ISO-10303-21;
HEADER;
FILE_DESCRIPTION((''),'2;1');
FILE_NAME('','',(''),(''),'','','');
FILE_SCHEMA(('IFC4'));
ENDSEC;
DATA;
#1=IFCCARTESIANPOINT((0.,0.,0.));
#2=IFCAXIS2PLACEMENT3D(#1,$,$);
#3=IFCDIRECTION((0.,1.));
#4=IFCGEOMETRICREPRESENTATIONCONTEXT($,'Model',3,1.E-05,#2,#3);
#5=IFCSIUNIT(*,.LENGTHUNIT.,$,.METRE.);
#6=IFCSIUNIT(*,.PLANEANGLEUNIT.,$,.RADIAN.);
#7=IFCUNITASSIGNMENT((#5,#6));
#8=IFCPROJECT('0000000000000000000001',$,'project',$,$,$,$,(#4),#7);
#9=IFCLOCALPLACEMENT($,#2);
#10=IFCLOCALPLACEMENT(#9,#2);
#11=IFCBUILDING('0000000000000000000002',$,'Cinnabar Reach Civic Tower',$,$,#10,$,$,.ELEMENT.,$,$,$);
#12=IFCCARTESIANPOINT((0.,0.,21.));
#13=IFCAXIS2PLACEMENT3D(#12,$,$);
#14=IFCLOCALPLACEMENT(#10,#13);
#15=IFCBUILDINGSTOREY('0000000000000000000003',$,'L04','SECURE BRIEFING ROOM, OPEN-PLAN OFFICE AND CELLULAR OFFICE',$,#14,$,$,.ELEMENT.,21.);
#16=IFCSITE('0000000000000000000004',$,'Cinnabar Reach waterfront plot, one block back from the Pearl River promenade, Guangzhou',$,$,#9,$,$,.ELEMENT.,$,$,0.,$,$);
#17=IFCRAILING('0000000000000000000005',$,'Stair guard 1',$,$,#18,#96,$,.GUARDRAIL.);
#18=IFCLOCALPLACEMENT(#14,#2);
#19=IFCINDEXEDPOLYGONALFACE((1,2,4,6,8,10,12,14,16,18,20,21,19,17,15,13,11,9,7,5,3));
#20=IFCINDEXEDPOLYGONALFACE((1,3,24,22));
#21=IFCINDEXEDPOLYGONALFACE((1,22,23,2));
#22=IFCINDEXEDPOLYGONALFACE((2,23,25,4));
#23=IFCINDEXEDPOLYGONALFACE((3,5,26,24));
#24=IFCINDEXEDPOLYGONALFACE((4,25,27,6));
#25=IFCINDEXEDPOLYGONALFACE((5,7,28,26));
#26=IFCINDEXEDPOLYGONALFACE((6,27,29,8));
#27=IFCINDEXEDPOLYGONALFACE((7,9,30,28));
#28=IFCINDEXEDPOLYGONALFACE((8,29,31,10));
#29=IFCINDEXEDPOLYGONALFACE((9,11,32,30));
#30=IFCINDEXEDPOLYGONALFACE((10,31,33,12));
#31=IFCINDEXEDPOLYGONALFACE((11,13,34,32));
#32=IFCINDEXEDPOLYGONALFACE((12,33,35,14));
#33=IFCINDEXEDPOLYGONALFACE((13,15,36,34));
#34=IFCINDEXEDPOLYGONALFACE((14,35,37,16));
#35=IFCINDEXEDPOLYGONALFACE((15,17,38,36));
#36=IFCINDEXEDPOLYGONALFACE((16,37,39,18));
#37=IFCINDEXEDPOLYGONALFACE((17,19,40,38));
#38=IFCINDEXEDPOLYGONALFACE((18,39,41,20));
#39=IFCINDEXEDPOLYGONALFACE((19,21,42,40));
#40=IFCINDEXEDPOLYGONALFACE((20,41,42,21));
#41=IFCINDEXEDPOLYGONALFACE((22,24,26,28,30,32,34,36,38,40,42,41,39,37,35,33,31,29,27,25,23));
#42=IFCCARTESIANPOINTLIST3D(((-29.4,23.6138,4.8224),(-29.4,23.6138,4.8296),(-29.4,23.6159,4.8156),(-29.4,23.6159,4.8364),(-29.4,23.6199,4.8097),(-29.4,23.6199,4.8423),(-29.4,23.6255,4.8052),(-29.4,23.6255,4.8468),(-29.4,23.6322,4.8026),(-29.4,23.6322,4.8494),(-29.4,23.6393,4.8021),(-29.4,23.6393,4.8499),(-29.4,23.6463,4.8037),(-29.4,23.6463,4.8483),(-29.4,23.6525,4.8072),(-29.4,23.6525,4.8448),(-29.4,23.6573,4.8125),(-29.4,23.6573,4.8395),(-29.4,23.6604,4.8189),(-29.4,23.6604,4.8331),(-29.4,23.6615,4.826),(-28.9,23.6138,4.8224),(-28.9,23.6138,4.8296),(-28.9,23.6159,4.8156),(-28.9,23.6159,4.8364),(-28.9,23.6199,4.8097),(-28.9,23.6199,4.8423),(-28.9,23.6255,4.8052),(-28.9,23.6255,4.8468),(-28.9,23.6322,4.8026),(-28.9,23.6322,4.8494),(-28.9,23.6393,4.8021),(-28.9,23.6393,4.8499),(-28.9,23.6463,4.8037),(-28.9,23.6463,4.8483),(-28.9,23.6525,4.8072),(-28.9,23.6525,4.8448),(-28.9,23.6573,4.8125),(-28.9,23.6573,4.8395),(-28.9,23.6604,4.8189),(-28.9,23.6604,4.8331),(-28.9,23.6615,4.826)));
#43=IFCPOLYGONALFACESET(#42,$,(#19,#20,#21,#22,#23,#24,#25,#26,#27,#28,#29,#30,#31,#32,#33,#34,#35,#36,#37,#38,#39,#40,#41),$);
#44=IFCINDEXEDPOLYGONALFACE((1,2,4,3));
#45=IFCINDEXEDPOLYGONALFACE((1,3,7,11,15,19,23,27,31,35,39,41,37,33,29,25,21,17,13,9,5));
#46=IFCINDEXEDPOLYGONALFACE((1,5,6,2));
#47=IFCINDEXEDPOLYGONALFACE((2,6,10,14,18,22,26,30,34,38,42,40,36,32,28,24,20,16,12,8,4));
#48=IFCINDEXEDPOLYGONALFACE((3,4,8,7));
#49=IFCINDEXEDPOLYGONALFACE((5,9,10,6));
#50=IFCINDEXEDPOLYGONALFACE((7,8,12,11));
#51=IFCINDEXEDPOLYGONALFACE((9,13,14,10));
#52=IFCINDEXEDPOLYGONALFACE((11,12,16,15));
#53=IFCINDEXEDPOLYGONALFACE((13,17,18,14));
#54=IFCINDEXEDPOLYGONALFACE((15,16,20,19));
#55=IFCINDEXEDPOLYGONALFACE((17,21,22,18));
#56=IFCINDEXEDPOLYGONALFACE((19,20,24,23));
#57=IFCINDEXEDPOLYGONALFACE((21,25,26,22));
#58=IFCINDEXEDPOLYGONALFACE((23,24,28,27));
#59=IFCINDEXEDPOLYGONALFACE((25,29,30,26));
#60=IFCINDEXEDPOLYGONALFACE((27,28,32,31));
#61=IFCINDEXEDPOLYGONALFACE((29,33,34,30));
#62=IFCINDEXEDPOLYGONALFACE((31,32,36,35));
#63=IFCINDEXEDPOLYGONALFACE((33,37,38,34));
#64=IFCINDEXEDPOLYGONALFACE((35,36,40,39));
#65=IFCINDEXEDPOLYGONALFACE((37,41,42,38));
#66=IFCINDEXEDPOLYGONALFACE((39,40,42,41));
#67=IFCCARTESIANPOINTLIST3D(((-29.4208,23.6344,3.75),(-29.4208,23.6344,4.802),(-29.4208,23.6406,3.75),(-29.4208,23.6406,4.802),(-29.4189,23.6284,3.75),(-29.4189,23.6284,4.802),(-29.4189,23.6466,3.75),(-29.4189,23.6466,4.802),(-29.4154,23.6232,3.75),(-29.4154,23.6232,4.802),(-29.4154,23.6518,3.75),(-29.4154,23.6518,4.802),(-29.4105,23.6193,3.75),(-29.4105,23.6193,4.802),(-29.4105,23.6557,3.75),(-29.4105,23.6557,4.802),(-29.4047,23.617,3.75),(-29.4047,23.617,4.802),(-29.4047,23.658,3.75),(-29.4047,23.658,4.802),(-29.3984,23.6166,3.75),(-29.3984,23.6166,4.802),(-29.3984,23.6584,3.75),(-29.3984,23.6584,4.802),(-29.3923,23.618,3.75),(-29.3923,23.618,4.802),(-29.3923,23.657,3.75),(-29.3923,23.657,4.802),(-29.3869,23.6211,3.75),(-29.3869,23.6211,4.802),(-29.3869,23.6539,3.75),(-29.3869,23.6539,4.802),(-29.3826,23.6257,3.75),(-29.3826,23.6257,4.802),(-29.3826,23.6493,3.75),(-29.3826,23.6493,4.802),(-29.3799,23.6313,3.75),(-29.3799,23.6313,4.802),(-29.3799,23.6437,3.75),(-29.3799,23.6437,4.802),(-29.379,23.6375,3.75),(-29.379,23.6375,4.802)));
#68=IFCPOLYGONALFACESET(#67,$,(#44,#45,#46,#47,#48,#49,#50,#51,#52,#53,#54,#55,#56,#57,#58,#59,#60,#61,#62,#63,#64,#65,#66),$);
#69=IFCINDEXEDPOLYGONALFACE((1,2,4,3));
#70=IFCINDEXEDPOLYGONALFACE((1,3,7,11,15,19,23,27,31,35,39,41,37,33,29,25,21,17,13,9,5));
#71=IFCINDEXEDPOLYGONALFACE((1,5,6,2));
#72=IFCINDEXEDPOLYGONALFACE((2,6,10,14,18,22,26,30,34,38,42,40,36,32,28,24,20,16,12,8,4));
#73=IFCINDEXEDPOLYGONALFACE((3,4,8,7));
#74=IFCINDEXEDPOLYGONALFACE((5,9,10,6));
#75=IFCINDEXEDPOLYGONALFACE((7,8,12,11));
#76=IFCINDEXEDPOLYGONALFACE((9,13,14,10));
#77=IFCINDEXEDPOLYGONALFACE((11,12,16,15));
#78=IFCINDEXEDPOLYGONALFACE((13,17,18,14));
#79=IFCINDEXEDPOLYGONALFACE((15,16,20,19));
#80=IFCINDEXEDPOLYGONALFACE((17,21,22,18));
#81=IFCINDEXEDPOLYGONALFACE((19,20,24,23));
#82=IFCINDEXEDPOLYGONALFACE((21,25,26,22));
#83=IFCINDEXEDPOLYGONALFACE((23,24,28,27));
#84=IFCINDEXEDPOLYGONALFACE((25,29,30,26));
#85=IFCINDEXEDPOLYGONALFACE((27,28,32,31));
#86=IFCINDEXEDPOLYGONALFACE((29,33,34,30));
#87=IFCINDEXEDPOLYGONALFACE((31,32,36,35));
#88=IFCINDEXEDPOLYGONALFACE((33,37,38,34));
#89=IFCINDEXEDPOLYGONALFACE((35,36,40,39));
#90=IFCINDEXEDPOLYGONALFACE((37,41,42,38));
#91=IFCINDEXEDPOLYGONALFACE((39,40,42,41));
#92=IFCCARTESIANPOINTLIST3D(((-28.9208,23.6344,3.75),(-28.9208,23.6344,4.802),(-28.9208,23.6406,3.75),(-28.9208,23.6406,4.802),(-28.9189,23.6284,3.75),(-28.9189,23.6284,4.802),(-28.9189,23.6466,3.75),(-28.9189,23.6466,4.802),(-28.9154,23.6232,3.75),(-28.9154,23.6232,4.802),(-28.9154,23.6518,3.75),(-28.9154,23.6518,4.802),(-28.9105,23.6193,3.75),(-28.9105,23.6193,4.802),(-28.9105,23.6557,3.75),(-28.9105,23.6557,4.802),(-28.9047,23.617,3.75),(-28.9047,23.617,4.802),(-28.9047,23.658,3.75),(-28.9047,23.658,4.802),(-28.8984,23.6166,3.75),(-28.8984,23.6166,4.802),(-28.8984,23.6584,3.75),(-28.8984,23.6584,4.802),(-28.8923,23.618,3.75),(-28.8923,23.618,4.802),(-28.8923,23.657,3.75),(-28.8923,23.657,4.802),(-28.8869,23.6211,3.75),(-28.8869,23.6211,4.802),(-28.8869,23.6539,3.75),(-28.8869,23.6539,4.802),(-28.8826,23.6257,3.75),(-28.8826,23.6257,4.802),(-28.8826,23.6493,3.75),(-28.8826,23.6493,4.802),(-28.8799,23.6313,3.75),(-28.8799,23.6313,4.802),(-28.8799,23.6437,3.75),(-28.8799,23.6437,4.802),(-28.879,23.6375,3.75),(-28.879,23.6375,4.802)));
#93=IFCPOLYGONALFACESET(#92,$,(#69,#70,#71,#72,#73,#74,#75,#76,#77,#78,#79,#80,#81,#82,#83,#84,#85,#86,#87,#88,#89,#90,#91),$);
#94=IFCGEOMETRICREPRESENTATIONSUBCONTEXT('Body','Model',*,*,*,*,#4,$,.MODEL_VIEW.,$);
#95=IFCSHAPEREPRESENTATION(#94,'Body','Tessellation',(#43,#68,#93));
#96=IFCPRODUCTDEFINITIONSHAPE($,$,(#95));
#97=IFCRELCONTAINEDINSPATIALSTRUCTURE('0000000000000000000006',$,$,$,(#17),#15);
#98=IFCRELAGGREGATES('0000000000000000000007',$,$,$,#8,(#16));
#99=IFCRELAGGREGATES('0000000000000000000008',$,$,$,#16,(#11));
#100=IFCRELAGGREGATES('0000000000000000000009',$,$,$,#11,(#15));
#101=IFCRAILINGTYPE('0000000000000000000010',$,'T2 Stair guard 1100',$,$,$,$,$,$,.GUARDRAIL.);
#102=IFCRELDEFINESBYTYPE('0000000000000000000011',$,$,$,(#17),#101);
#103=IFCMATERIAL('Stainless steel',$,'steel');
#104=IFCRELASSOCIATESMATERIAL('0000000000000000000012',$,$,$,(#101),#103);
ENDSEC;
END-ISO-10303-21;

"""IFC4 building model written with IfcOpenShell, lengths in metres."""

from ifc_helpers import new_model, si_unit, direction, frame, origin, origin_2d, place, context, subcontext, project, spatial, circle, extrude, material, type_object, element, save


model = new_model("IFC4")

# Units and contexts
model_context = context("Model", 3, precision=1e-05, world=origin(), true_north=direction((0.0, 1.0)))
body_context = subcontext(model_context, "Body", "Model", "MODEL_VIEW")
ifc_project = project(units=[si_unit("LENGTHUNIT", "METRE"), si_unit("PLANEANGLEUNIT", "RADIAN")], contexts=[model_context])

# Site, building, storey
site_placement = place(None, origin())
site = spatial("IfcSite", under=ifc_project, at=site_placement, Name="Cinnabar Reach waterfront plot, one block back from the Pearl River promenade, Guangzhou", CompositionType="ELEMENT", RefElevation=0.0)
building_placement = place(site_placement, origin())
building = spatial("IfcBuilding", under=site, at=building_placement, Name="Cinnabar Reach Civic Tower", CompositionType="ELEMENT")
storey_placement = place(building_placement, frame((0.0, 0.0, 21.0)))
storey = spatial("IfcBuildingStorey", under=building, at=storey_placement, Name="L04", Description="SECURE BRIEFING ROOM, OPEN-PLAN OFFICE AND CELLULAR OFFICE", CompositionType="ELEMENT", Elevation=21.0)

# Railing
ifc_material_1 = material(Name="Stainless steel", Category="steel")
railing_type = type_object("IfcRailingType", Name="T2 Stair guard 1100", PredefinedType="GUARDRAIL", material=ifc_material_1)
railing_1_placement = place(storey_placement, frame((-29.4, 23.6375, 3.75)))
element("IfcRailing", 1, at=railing_1_placement, inside=storey, type_object=railing_type, Name="Stair guard 1", PredefinedType="GUARDRAIL", context=body_context, shape_type="SweptSolid", body=[
    extrude(circle(Radius=0.024, at=origin_2d()), frame((0.0, 0.0, 1.076), z_axis=(1.0, 0.0, 0.0), x_axis=(0.0, 1.0, 0.0)), (0.0, 0.0, 1.0), 0.5),
    extrude(circle(Radius=0.021, at=origin_2d()), origin(), (0.0, 0.0, 1.0), 1.052),
    extrude(circle(Radius=0.021, at=origin_2d()), frame((0.5, 0.0, 0.0)), (0.0, 0.0, 1.0), 1.052),
])

save(model, "model.ifc")
